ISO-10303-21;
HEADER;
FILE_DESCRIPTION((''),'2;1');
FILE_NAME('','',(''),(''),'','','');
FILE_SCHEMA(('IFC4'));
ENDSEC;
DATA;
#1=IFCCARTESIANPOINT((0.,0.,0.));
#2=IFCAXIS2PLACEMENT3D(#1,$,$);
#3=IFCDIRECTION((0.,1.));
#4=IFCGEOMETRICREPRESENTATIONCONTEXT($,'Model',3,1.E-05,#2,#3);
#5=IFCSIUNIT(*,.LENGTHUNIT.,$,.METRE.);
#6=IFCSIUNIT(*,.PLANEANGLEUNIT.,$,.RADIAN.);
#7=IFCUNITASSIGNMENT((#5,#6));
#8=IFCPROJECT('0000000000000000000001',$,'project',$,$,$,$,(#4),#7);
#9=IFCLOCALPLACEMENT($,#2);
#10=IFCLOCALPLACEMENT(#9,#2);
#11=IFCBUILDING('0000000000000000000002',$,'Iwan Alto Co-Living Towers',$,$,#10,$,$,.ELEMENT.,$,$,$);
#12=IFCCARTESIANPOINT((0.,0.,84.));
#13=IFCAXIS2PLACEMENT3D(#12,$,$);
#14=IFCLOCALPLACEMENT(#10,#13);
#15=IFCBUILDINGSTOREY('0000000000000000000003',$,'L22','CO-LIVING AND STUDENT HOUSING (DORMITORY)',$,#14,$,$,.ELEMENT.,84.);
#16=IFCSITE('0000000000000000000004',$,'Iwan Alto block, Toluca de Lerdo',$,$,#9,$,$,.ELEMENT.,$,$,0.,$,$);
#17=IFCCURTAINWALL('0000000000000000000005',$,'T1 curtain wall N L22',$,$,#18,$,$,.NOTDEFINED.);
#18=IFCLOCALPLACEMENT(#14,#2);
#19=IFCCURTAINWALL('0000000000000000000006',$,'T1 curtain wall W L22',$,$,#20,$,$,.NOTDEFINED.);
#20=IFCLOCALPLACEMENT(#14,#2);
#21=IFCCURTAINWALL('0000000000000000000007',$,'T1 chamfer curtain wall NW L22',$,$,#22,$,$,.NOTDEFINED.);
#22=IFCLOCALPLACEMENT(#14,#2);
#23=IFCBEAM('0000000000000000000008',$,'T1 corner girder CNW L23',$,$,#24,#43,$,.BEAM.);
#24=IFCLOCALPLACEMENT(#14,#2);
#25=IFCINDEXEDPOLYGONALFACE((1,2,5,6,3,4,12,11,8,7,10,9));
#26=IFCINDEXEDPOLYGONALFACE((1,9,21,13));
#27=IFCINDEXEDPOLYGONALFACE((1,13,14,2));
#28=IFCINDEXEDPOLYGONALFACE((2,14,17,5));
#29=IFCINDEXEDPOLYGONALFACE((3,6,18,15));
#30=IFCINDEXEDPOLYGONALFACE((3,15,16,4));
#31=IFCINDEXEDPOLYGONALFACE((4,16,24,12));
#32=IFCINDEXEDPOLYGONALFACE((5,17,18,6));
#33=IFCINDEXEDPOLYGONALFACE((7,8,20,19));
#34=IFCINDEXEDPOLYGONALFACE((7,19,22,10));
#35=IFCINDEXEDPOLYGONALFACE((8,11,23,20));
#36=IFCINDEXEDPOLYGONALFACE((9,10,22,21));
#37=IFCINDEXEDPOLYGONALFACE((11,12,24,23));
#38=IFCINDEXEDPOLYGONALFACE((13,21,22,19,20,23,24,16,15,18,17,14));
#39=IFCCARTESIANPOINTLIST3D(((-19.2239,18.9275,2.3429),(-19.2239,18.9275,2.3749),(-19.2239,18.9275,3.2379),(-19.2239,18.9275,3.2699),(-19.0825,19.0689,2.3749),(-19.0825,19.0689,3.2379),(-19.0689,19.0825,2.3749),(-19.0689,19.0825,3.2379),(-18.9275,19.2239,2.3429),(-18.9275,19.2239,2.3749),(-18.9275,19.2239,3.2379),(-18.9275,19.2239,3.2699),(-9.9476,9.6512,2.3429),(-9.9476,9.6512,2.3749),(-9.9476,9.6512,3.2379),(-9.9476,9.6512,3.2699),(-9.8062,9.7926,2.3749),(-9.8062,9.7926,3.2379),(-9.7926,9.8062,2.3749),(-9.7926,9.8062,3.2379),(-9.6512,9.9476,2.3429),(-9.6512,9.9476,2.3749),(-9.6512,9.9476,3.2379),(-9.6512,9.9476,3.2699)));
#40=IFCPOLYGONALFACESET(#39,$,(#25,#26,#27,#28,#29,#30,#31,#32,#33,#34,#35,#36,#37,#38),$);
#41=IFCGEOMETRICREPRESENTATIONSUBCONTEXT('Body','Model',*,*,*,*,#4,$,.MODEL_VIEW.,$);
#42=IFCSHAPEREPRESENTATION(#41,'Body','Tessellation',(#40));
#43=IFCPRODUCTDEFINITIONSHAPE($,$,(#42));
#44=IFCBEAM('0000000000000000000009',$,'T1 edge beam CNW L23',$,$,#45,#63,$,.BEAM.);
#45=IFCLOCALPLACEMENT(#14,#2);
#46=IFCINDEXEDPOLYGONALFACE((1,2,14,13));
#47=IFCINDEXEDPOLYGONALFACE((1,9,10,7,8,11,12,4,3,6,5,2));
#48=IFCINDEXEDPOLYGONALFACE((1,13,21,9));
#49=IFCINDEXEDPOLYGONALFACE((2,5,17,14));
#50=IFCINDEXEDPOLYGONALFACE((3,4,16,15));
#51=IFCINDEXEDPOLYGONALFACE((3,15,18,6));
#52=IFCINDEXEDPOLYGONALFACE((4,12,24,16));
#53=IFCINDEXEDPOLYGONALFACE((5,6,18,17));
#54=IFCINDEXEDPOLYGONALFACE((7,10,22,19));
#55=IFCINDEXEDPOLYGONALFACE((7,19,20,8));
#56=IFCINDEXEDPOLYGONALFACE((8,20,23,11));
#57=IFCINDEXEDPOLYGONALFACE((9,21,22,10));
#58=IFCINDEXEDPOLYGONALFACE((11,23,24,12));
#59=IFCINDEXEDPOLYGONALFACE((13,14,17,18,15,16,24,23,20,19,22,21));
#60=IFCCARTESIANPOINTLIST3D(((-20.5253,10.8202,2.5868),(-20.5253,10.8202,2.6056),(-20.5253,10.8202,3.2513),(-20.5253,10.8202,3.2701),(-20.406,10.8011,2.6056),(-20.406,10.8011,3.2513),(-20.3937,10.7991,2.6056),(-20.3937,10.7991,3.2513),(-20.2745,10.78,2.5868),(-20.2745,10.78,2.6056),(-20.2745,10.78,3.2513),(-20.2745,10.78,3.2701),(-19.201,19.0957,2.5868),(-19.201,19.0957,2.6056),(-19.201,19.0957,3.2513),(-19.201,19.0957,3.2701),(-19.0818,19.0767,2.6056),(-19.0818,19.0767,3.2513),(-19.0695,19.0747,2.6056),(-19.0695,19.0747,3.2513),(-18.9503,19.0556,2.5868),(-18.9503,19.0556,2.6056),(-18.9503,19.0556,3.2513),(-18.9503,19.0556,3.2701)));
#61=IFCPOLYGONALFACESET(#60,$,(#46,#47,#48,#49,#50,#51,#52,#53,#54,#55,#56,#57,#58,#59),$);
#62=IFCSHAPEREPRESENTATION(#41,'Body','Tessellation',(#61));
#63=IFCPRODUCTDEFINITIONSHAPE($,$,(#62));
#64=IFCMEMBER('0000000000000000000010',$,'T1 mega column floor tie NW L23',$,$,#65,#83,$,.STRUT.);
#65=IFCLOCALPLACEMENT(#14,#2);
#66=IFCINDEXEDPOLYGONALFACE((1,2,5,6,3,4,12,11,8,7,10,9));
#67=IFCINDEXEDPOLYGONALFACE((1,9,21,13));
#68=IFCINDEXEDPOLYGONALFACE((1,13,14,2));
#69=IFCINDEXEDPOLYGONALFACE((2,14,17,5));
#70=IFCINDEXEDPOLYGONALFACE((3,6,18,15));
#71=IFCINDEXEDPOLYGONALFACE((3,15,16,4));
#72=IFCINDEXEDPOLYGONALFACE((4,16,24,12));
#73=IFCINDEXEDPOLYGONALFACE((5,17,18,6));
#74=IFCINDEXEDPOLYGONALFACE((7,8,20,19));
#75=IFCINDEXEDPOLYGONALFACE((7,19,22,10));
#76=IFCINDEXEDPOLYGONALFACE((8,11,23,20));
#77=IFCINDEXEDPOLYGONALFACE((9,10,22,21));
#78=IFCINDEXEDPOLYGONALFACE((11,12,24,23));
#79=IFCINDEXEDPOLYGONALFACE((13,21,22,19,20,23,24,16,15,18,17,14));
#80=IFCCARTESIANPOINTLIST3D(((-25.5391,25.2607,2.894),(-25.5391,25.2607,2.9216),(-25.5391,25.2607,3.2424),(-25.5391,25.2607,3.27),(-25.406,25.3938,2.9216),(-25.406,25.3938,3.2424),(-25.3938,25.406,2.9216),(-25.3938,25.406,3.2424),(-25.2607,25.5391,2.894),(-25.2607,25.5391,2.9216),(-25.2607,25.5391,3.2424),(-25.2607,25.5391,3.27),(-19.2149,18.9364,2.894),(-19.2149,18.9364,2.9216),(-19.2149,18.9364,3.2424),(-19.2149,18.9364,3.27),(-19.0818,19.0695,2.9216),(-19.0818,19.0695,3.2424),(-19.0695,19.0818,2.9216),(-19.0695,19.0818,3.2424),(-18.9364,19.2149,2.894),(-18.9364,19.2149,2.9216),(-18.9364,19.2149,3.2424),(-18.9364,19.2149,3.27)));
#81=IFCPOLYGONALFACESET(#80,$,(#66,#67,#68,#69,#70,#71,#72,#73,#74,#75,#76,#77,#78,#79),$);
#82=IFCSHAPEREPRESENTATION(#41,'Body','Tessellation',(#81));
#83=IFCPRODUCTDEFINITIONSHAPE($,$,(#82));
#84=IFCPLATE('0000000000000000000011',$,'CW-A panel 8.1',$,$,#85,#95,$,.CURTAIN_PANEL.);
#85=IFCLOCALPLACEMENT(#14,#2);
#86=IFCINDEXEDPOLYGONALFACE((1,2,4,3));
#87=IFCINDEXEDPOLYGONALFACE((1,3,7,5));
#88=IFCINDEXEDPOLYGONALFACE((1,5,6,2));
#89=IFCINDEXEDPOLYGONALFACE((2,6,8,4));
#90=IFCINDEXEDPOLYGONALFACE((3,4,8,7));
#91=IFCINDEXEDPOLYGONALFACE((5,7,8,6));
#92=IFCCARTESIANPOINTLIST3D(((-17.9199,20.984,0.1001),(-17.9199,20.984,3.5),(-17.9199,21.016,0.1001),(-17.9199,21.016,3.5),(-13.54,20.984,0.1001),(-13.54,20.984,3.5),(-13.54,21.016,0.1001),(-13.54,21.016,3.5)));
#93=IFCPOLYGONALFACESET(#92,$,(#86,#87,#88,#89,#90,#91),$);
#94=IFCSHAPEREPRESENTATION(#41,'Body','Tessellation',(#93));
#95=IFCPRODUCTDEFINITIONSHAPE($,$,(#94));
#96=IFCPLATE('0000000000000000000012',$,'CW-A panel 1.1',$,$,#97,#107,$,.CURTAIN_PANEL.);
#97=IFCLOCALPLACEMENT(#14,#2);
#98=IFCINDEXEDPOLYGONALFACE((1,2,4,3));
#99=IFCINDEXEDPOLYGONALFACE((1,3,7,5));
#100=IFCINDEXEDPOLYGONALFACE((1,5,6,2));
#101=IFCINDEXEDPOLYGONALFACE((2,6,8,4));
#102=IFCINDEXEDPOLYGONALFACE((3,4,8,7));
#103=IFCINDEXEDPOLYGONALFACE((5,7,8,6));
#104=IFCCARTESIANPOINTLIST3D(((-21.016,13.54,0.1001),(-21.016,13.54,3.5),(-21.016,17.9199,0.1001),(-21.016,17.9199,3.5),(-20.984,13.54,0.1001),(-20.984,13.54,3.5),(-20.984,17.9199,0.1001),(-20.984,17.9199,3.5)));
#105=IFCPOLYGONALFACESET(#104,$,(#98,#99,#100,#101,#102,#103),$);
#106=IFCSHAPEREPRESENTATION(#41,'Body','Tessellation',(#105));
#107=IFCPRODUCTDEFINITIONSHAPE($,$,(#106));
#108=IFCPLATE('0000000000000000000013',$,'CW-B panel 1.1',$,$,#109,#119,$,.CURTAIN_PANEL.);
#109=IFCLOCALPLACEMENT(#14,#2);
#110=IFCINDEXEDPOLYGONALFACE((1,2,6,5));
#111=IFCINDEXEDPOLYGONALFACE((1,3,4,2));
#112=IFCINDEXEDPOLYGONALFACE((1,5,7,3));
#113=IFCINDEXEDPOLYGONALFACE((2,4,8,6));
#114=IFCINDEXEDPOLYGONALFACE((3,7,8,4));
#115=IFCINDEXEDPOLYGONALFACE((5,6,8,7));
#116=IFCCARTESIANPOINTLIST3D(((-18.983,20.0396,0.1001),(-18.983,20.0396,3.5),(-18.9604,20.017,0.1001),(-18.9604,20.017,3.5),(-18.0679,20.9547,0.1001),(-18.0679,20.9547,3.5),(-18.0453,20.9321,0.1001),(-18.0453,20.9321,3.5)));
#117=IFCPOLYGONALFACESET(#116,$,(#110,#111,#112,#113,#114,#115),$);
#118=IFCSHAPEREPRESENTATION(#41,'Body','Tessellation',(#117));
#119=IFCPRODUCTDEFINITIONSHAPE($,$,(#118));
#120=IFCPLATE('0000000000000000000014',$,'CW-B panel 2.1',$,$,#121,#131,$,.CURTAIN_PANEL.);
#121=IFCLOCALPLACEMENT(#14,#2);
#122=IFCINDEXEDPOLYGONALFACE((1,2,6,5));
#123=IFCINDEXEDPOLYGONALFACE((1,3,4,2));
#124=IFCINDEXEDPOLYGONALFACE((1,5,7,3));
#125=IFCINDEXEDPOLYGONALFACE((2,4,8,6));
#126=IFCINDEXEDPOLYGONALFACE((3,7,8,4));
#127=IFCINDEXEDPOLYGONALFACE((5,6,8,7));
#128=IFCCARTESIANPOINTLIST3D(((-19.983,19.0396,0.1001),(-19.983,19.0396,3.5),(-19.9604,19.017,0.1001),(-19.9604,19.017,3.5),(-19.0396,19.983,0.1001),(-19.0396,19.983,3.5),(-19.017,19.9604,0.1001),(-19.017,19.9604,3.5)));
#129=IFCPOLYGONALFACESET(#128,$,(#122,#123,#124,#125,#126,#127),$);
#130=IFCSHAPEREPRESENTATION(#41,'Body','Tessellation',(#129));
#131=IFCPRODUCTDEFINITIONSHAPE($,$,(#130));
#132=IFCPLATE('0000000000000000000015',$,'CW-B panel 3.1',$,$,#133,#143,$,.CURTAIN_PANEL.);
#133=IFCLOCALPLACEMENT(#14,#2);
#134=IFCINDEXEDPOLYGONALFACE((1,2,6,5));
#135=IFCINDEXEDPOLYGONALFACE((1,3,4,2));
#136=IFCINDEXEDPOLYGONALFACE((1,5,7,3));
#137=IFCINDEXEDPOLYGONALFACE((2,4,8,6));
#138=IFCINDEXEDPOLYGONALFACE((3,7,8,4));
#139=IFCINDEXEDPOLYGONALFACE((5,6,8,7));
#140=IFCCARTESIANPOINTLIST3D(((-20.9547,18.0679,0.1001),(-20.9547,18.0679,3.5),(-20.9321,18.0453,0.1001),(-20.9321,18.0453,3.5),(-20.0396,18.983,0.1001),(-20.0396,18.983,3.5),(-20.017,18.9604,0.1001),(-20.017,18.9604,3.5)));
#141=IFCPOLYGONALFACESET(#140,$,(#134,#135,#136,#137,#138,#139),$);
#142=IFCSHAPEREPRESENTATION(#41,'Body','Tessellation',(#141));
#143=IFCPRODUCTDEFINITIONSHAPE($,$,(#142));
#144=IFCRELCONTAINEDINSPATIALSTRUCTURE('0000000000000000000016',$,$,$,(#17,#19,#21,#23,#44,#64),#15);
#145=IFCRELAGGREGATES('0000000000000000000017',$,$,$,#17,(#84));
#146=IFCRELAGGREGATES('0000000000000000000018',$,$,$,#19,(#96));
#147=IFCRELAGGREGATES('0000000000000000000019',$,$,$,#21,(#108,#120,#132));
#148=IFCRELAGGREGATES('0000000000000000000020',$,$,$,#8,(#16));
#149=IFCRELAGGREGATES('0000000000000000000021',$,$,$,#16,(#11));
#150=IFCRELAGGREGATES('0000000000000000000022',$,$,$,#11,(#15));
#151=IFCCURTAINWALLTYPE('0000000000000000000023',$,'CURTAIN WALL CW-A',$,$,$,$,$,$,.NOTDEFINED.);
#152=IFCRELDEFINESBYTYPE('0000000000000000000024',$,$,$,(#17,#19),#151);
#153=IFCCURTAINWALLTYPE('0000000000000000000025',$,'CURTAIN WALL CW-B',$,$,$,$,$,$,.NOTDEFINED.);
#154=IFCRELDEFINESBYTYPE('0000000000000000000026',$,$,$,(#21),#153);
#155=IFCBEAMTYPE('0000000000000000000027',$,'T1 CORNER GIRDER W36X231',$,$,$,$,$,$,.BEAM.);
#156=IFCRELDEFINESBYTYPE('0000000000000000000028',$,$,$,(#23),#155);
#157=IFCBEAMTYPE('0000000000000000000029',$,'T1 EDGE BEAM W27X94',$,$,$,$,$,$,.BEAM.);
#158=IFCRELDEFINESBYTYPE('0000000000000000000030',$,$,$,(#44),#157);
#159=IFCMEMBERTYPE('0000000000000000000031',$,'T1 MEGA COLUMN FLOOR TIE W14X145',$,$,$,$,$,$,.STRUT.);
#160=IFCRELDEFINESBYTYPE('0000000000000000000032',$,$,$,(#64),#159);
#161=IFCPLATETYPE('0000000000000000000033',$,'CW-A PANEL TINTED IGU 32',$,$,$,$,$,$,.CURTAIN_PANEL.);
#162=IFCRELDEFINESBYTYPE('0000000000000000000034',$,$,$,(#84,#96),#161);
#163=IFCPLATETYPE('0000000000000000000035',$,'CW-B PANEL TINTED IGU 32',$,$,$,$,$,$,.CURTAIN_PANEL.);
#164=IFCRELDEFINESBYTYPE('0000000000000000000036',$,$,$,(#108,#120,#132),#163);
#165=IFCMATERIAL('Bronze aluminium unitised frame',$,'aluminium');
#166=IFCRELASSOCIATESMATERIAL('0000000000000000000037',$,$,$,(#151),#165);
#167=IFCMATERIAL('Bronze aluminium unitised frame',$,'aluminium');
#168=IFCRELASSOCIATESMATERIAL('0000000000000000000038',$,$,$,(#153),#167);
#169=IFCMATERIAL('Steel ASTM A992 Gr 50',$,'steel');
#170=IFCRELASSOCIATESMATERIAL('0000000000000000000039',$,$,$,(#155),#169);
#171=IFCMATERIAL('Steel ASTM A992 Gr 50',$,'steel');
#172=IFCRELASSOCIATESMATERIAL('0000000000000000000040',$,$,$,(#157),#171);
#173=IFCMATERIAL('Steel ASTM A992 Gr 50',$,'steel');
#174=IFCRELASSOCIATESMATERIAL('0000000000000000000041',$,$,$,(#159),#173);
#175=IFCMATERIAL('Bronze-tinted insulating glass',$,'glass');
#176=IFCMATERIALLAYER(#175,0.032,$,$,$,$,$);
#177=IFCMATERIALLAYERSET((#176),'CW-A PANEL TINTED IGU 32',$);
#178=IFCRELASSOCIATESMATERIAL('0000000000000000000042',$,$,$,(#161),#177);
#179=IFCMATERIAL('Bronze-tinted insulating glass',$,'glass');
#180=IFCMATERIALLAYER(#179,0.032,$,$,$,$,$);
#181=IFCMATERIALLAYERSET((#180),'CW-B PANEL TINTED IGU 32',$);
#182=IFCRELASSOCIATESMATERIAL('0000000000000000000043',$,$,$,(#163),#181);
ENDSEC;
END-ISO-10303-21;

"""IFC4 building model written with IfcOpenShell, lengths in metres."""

from ifc_helpers import new_model, si_unit, direction, frame, origin, origin_2d, place, context, subcontext, project, spatial, rectangle, i_section, extrude, material, layer, layer_set, material_profile, profile_set, type_object, element, aggregate, save


model = new_model("IFC4")

# Units and contexts
model_context = context("Model", 3, precision=1e-05, world=origin(), true_north=direction((0.0, 1.0)))
body_context = subcontext(model_context, "Body", "Model", "MODEL_VIEW")
ifc_project = project(units=[si_unit("LENGTHUNIT", "METRE"), si_unit("PLANEANGLEUNIT", "RADIAN")], contexts=[model_context])

# Site, building, storey
site_placement = place(None, origin())
site = spatial("IfcSite", under=ifc_project, at=site_placement, Name="Iwan Alto block, Toluca de Lerdo", CompositionType="ELEMENT", RefElevation=0.0)
building_placement = place(site_placement, origin())
building = spatial("IfcBuilding", under=site, at=building_placement, Name="Iwan Alto Co-Living Towers", CompositionType="ELEMENT")
storey_placement = place(building_placement, frame((0.0, 0.0, 84.0)))
storey = spatial("IfcBuildingStorey", under=building, at=storey_placement, Name="L22", Description="CO-LIVING AND STUDENT HOUSING (DORMITORY)", CompositionType="ELEMENT", Elevation=84.0)

# Curtain wall
ifc_material_1 = material(Name="Bronze aluminium unitised frame", Category="aluminium")
curtain_wall_type_1 = type_object("IfcCurtainWallType", Name="CURTAIN WALL CW-A", PredefinedType="NOTDEFINED", material=ifc_material_1)
curtain_wall_1_placement = place(storey_placement, origin())
curtain_wall_1 = element("IfcCurtainWall", 1, at=curtain_wall_1_placement, inside=storey, type_object=curtain_wall_type_1, Name="T1 curtain wall N L22", PredefinedType="NOTDEFINED")

# Curtain walls
curtain_wall_2_placement = place(storey_placement, origin())
curtain_wall_2 = element("IfcCurtainWall", 2, at=curtain_wall_2_placement, inside=storey, type_object=curtain_wall_type_1, Name="T1 curtain wall W L22", PredefinedType="NOTDEFINED")
ifc_material_2 = material(Name="Bronze aluminium unitised frame", Category="aluminium")
curtain_wall_type_2 = type_object("IfcCurtainWallType", Name="CURTAIN WALL CW-B", PredefinedType="NOTDEFINED", material=ifc_material_2)
curtain_wall_3_placement = place(storey_placement, origin())
curtain_wall_3 = element("IfcCurtainWall", 3, at=curtain_wall_3_placement, inside=storey, type_object=curtain_wall_type_2, Name="T1 chamfer curtain wall NW L22", PredefinedType="NOTDEFINED")

# Beams
ifc_material_3 = material(Name="Steel ASTM A992 Gr 50", Category="steel")
ifc_material_profile_1 = material_profile(ifc_material_3, i_section(OverallWidth=0.4192, OverallDepth=0.927, WebThickness=0.0193, FlangeThickness=0.032, at=origin_2d()), Name="W36X231")
ifc_profile_set_1 = profile_set([ifc_material_profile_1], Name="Steel ASTM A992 Gr 50")
beam_type_1 = type_object("IfcBeamType", Name="T1 CORNER GIRDER W36X231", PredefinedType="BEAM", material=ifc_profile_set_1)
beam_1_placement = place(storey_placement, frame((-19.0757, 19.0757, 2.8064), z_axis=(0.707107, -0.707107, 0.0), x_axis=(0.707107, 0.707107, 0.0)))
element("IfcBeam", 4, at=beam_1_placement, inside=storey, type_object=beam_type_1, Name="T1 corner girder CNW L23", PredefinedType="BEAM", context=body_context, shape_type="SweptSolid", body=[
    extrude(i_section(OverallWidth=0.4192, OverallDepth=0.927, WebThickness=0.0193, FlangeThickness=0.032, at=origin_2d()), origin(), (0.0, 0.0, 1.0), 13.1187),
])
ifc_material_4 = material(Name="Steel ASTM A992 Gr 50", Category="steel")
ifc_material_profile_2 = material_profile(ifc_material_4, i_section(OverallWidth=0.2539, OverallDepth=0.6833, WebThickness=0.0125, FlangeThickness=0.0188, at=origin_2d()), Name="W27X94")
ifc_profile_set_2 = profile_set([ifc_material_profile_2], Name="Steel ASTM A992 Gr 50")
beam_type_2 = type_object("IfcBeamType", Name="T1 EDGE BEAM W27X94", PredefinedType="BEAM", material=ifc_profile_set_2)
beam_2_placement = place(storey_placement, frame((-19.0757, 19.0757, 2.9285), z_axis=(-0.158004, -0.987438, 0.0), x_axis=(0.987438, -0.158004, 0.0)))
element("IfcBeam", 5, at=beam_2_placement, inside=storey, type_object=beam_type_2, Name="T1 edge beam CNW L23", PredefinedType="BEAM", context=body_context, shape_type="SweptSolid", body=[
    extrude(i_section(OverallWidth=0.2539, OverallDepth=0.6833, WebThickness=0.0125, FlangeThickness=0.0188, at=origin_2d()), origin(), (0.0, 0.0, 1.0), 8.3809),
])

# Member
ifc_material_5 = material(Name="Steel ASTM A992 Gr 50", Category="steel")
ifc_material_profile_3 = material_profile(ifc_material_5, i_section(OverallWidth=0.3938, OverallDepth=0.376, WebThickness=0.0173, FlangeThickness=0.0276, at=origin_2d()), Name="W14X145")
ifc_profile_set_3 = profile_set([ifc_material_profile_3], Name="Steel ASTM A992 Gr 50")
member_type_1 = type_object("IfcMemberType", Name="T1 MEGA COLUMN FLOOR TIE W14X145", PredefinedType="STRUT", material=ifc_profile_set_3)
member_1_placement = place(storey_placement, frame((-25.3999, 25.3999, 3.082), z_axis=(0.707107, -0.707107, 0.0), x_axis=(0.707107, 0.707107, 0.0)))
element("IfcMember", 6, at=member_1_placement, inside=storey, type_object=member_type_1, Name="T1 mega column floor tie NW L23", PredefinedType="STRUT", context=body_context, shape_type="SweptSolid", body=[
    extrude(i_section(OverallWidth=0.3938, OverallDepth=0.376, WebThickness=0.0173, FlangeThickness=0.0276, at=origin_2d()), origin(), (0.0, 0.0, 1.0), 8.9438),
])

# Plates
ifc_material_6 = material(Name="Bronze-tinted insulating glass", Category="glass")
ifc_layer_1 = layer(ifc_material_6, 0.032)
ifc_layer_set_1 = layer_set([ifc_layer_1], Name="CW-A PANEL TINTED IGU 32")
plate_type_1 = type_object("IfcPlateType", Name="CW-A PANEL TINTED IGU 32", PredefinedType="CURTAIN_PANEL", material=ifc_layer_set_1)
plate_1_placement = place(storey_placement, frame((-15.73, 21.0, 0.1001), z_axis=(0.0, 0.0, 1.0), x_axis=(-1.0, 0.0, 0.0)))
plate_1 = element("IfcPlate", 7, at=plate_1_placement, type_object=plate_type_1, Name="CW-A panel 8.1", PredefinedType="CURTAIN_PANEL", context=body_context, shape_type="SweptSolid", body=[
    extrude(rectangle(XDim=4.3799, YDim=0.032, at=origin_2d()), origin(), (0.0, 0.0, 1.0), 3.3999),
])
aggregate(curtain_wall_1, [plate_1])
plate_2_placement = place(storey_placement, frame((-21.0, 15.73, 0.1001), z_axis=(0.0, 0.0, 1.0), x_axis=(0.0, -1.0, 0.0)))
plate_2 = element("IfcPlate", 8, at=plate_2_placement, type_object=plate_type_1, Name="CW-A panel 1.1", PredefinedType="CURTAIN_PANEL", context=body_context, shape_type="SweptSolid", body=[
    extrude(rectangle(XDim=4.3799, YDim=0.032, at=origin_2d()), origin(), (0.0, 0.0, 1.0), 3.3999),
])
aggregate(curtain_wall_2, [plate_2])
ifc_material_7 = material(Name="Bronze-tinted insulating glass", Category="glass")
ifc_layer_2 = layer(ifc_material_7, 0.032)
ifc_layer_set_2 = layer_set([ifc_layer_2], Name="CW-B PANEL TINTED IGU 32")
plate_type_2 = type_object("IfcPlateType", Name="CW-B PANEL TINTED IGU 32", PredefinedType="CURTAIN_PANEL", material=ifc_layer_set_2)
plate_3_placement = place(storey_placement, frame((-18.5142, 20.4858, 0.1001), z_axis=(0.0, 0.0, 1.0), x_axis=(-0.707107, -0.707107, 0.0)))
plate_3 = element("IfcPlate", 9, at=plate_3_placement, type_object=plate_type_2, Name="CW-B panel 1.1", PredefinedType="CURTAIN_PANEL", context=body_context, shape_type="SweptSolid", body=[
    extrude(rectangle(XDim=1.2942, YDim=0.032, at=origin_2d()), origin(), (0.0, 0.0, 1.0), 3.3999),
])
plate_4_placement = place(storey_placement, frame((-19.5, 19.5, 0.1001), z_axis=(0.0, 0.0, 1.0), x_axis=(-0.707107, -0.707107, 0.0)))
plate_4 = element("IfcPlate", 10, at=plate_4_placement, type_object=plate_type_2, Name="CW-B panel 2.1", PredefinedType="CURTAIN_PANEL", context=body_context, shape_type="SweptSolid", body=[
    extrude(rectangle(XDim=1.3342, YDim=0.032, at=origin_2d()), origin(), (0.0, 0.0, 1.0), 3.3999),
])
plate_5_placement = place(storey_placement, frame((-20.4858, 18.5142, 0.1001), z_axis=(0.0, 0.0, 1.0), x_axis=(-0.707107, -0.707107, 0.0)))
plate_5 = element("IfcPlate", 11, at=plate_5_placement, type_object=plate_type_2, Name="CW-B panel 3.1", PredefinedType="CURTAIN_PANEL", context=body_context, shape_type="SweptSolid", body=[
    extrude(rectangle(XDim=1.2942, YDim=0.032, at=origin_2d()), origin(), (0.0, 0.0, 1.0), 3.3999),
])
aggregate(curtain_wall_3, [plate_3, plate_4, plate_5])

save(model, "model.ifc")
